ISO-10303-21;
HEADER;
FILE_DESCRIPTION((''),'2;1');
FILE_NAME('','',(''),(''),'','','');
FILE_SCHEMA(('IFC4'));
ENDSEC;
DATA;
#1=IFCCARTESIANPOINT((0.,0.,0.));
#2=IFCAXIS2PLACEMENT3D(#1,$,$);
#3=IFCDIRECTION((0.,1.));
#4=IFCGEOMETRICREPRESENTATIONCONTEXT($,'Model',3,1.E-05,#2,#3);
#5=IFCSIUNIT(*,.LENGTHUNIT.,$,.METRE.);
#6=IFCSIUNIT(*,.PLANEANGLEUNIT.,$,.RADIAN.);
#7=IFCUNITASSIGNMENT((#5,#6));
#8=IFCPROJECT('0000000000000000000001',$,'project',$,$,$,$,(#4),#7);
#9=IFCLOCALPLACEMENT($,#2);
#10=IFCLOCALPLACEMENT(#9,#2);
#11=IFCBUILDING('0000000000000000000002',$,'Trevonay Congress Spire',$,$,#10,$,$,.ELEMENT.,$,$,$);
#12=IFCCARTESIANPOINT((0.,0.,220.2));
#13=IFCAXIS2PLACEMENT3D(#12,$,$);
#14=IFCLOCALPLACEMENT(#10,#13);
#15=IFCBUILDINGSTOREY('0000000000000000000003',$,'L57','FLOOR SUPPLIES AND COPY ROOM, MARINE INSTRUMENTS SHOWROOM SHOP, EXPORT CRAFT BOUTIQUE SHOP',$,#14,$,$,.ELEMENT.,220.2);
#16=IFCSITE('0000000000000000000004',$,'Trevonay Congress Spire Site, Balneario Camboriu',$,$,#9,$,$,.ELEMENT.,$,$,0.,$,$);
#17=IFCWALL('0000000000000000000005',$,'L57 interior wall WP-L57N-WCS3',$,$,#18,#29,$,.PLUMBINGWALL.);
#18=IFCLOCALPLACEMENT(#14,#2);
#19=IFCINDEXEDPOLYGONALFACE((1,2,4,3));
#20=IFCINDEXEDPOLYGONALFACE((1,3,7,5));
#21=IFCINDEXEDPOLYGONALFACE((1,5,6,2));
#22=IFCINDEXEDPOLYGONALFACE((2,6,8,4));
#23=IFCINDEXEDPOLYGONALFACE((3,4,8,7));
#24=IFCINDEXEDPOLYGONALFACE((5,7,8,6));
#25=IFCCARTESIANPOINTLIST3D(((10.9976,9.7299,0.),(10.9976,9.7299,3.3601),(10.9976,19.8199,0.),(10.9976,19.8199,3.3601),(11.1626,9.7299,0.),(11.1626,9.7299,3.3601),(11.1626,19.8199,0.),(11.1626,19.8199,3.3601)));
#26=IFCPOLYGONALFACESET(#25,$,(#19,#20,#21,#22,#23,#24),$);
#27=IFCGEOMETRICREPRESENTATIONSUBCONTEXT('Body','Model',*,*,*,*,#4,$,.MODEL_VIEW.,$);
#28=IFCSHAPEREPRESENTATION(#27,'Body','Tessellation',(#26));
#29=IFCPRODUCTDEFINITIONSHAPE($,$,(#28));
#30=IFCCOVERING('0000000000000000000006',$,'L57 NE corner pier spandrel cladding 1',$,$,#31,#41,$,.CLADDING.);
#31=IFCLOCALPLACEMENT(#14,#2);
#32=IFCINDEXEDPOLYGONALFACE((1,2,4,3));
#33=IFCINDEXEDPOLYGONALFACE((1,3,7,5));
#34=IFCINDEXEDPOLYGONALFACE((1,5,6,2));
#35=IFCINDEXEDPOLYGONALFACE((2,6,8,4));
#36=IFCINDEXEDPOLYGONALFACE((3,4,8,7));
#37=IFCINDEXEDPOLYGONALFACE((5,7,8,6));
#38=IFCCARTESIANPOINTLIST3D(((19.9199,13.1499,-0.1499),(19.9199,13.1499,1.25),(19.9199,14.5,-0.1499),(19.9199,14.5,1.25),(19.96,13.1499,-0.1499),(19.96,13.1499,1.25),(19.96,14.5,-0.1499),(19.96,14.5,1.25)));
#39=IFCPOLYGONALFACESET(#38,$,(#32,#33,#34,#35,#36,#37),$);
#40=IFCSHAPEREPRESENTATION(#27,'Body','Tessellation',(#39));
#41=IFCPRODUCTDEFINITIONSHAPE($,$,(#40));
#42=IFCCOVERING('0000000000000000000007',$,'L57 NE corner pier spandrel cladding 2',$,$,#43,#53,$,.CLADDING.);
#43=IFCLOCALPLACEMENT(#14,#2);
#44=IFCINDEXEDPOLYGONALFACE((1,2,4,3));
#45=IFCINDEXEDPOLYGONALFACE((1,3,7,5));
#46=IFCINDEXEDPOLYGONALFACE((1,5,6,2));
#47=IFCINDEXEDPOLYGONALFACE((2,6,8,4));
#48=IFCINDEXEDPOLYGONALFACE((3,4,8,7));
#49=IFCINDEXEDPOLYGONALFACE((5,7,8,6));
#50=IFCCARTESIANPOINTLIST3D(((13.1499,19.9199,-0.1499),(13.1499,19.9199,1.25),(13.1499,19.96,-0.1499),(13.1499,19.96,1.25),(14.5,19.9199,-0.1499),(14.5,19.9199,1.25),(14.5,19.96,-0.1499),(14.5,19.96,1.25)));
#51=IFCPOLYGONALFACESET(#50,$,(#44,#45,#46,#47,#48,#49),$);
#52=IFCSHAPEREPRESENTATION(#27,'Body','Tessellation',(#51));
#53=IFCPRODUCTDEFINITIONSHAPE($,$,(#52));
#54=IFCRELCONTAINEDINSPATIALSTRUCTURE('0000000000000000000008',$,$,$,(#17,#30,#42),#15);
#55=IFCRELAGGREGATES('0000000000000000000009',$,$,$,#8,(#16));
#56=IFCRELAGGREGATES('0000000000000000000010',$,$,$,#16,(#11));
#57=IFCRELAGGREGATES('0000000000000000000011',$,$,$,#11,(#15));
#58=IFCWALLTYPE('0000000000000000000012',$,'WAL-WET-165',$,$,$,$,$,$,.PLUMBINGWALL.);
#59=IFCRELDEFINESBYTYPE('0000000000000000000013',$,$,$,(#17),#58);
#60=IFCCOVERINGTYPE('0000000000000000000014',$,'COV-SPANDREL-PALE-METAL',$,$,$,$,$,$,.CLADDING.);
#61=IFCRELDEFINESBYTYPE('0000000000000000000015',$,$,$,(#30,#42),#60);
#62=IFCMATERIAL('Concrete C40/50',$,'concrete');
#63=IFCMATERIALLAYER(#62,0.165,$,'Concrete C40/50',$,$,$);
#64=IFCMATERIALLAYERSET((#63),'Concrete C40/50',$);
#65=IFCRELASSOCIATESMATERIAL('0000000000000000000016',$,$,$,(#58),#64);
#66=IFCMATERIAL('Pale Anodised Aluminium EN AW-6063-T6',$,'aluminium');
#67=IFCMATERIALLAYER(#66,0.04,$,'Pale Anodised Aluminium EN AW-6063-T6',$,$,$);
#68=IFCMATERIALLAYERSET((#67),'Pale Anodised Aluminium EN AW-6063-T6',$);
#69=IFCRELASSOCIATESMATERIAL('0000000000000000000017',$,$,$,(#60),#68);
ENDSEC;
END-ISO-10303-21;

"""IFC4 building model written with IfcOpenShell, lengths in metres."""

from ifc_helpers import new_model, si_unit, direction, frame, frame_2d, origin, place, context, subcontext, project, spatial, rectangle, extrude, material, layer, layer_set, type_object, element, save


model = new_model("IFC4")

# Units and contexts
model_context = context("Model", 3, precision=1e-05, world=origin(), true_north=direction((0.0, 1.0)))
body_context = subcontext(model_context, "Body", "Model", "MODEL_VIEW")
ifc_project = project(units=[si_unit("LENGTHUNIT", "METRE"), si_unit("PLANEANGLEUNIT", "RADIAN")], contexts=[model_context])

# Site, building, storey
site_placement = place(None, origin())
site = spatial("IfcSite", under=ifc_project, at=site_placement, Name="Trevonay Congress Spire Site, Balneario Camboriu", CompositionType="ELEMENT", RefElevation=0.0)
building_placement = place(site_placement, origin())
building = spatial("IfcBuilding", under=site, at=building_placement, Name="Trevonay Congress Spire", CompositionType="ELEMENT")
storey_placement = place(building_placement, frame((0.0, 0.0, 220.2)))
storey = spatial("IfcBuildingStorey", under=building, at=storey_placement, Name="L57", Description="FLOOR SUPPLIES AND COPY ROOM, MARINE INSTRUMENTS SHOWROOM SHOP, EXPORT CRAFT BOUTIQUE SHOP", CompositionType="ELEMENT", Elevation=220.2)

# Shared definitions
ifc_material_1 = material(Name="Pale Anodised Aluminium EN AW-6063-T6", Category="aluminium")

# Wall
ifc_material_2 = material(Name="Concrete C40/50", Category="concrete")
ifc_layer_1 = layer(ifc_material_2, 0.165, Name="Concrete C40/50")
ifc_layer_set_1 = layer_set([ifc_layer_1], Name="Concrete C40/50")
wall_type_1 = type_object("IfcWallType", Name="WAL-WET-165", PredefinedType="PLUMBINGWALL", material=ifc_layer_set_1)
wall_1_placement = place(storey_placement, frame((11.0801, 9.73, 0.0), z_axis=(0.0, 0.0, 1.0), x_axis=(0.0, 1.0, 0.0)))
element("IfcWall", 1, at=wall_1_placement, inside=storey, type_object=wall_type_1, Name="L57 interior wall WP-L57N-WCS3", PredefinedType="PLUMBINGWALL", context=body_context, shape_type="SweptSolid", body=[
    extrude(rectangle(XDim=10.0901, YDim=0.165, at=frame_2d((5.0449, 0.0))), origin(), (0.0, 0.0, 1.0), 3.3601),
])

# Coverings
ifc_layer_2 = layer(ifc_material_1, 0.04, Name="Pale Anodised Aluminium EN AW-6063-T6")
ifc_layer_set_2 = layer_set([ifc_layer_2], Name="Pale Anodised Aluminium EN AW-6063-T6")
covering_type = type_object("IfcCoveringType", Name="COV-SPANDREL-PALE-METAL", PredefinedType="CLADDING", material=ifc_layer_set_2)
for number, where, z_axis, x_axis, name in (
    (2, (19.9399, 13.1499, -0.1499), (0.0, 0.0, 1.0), (0.0, 1.0, 0.0), "L57 NE corner pier spandrel cladding 1"),
    (3, (13.1499, 19.9399, -0.1499), (0.0, 0.0, 1.0), (1.0, 0.0, 0.0), "L57 NE corner pier spandrel cladding 2"),
):
    element("IfcCovering", number, at=place(storey_placement, frame(where, z_axis=z_axis, x_axis=x_axis)), inside=storey, type_object=covering_type, Name=name, PredefinedType="CLADDING", context=body_context, shape_type="SweptSolid", body=[
        extrude(rectangle(XDim=1.3501, YDim=0.04, at=frame_2d((0.675, 0.0))), origin(), (0.0, 0.0, 1.0), 1.3999),
    ])

save(model, "model.ifc")
